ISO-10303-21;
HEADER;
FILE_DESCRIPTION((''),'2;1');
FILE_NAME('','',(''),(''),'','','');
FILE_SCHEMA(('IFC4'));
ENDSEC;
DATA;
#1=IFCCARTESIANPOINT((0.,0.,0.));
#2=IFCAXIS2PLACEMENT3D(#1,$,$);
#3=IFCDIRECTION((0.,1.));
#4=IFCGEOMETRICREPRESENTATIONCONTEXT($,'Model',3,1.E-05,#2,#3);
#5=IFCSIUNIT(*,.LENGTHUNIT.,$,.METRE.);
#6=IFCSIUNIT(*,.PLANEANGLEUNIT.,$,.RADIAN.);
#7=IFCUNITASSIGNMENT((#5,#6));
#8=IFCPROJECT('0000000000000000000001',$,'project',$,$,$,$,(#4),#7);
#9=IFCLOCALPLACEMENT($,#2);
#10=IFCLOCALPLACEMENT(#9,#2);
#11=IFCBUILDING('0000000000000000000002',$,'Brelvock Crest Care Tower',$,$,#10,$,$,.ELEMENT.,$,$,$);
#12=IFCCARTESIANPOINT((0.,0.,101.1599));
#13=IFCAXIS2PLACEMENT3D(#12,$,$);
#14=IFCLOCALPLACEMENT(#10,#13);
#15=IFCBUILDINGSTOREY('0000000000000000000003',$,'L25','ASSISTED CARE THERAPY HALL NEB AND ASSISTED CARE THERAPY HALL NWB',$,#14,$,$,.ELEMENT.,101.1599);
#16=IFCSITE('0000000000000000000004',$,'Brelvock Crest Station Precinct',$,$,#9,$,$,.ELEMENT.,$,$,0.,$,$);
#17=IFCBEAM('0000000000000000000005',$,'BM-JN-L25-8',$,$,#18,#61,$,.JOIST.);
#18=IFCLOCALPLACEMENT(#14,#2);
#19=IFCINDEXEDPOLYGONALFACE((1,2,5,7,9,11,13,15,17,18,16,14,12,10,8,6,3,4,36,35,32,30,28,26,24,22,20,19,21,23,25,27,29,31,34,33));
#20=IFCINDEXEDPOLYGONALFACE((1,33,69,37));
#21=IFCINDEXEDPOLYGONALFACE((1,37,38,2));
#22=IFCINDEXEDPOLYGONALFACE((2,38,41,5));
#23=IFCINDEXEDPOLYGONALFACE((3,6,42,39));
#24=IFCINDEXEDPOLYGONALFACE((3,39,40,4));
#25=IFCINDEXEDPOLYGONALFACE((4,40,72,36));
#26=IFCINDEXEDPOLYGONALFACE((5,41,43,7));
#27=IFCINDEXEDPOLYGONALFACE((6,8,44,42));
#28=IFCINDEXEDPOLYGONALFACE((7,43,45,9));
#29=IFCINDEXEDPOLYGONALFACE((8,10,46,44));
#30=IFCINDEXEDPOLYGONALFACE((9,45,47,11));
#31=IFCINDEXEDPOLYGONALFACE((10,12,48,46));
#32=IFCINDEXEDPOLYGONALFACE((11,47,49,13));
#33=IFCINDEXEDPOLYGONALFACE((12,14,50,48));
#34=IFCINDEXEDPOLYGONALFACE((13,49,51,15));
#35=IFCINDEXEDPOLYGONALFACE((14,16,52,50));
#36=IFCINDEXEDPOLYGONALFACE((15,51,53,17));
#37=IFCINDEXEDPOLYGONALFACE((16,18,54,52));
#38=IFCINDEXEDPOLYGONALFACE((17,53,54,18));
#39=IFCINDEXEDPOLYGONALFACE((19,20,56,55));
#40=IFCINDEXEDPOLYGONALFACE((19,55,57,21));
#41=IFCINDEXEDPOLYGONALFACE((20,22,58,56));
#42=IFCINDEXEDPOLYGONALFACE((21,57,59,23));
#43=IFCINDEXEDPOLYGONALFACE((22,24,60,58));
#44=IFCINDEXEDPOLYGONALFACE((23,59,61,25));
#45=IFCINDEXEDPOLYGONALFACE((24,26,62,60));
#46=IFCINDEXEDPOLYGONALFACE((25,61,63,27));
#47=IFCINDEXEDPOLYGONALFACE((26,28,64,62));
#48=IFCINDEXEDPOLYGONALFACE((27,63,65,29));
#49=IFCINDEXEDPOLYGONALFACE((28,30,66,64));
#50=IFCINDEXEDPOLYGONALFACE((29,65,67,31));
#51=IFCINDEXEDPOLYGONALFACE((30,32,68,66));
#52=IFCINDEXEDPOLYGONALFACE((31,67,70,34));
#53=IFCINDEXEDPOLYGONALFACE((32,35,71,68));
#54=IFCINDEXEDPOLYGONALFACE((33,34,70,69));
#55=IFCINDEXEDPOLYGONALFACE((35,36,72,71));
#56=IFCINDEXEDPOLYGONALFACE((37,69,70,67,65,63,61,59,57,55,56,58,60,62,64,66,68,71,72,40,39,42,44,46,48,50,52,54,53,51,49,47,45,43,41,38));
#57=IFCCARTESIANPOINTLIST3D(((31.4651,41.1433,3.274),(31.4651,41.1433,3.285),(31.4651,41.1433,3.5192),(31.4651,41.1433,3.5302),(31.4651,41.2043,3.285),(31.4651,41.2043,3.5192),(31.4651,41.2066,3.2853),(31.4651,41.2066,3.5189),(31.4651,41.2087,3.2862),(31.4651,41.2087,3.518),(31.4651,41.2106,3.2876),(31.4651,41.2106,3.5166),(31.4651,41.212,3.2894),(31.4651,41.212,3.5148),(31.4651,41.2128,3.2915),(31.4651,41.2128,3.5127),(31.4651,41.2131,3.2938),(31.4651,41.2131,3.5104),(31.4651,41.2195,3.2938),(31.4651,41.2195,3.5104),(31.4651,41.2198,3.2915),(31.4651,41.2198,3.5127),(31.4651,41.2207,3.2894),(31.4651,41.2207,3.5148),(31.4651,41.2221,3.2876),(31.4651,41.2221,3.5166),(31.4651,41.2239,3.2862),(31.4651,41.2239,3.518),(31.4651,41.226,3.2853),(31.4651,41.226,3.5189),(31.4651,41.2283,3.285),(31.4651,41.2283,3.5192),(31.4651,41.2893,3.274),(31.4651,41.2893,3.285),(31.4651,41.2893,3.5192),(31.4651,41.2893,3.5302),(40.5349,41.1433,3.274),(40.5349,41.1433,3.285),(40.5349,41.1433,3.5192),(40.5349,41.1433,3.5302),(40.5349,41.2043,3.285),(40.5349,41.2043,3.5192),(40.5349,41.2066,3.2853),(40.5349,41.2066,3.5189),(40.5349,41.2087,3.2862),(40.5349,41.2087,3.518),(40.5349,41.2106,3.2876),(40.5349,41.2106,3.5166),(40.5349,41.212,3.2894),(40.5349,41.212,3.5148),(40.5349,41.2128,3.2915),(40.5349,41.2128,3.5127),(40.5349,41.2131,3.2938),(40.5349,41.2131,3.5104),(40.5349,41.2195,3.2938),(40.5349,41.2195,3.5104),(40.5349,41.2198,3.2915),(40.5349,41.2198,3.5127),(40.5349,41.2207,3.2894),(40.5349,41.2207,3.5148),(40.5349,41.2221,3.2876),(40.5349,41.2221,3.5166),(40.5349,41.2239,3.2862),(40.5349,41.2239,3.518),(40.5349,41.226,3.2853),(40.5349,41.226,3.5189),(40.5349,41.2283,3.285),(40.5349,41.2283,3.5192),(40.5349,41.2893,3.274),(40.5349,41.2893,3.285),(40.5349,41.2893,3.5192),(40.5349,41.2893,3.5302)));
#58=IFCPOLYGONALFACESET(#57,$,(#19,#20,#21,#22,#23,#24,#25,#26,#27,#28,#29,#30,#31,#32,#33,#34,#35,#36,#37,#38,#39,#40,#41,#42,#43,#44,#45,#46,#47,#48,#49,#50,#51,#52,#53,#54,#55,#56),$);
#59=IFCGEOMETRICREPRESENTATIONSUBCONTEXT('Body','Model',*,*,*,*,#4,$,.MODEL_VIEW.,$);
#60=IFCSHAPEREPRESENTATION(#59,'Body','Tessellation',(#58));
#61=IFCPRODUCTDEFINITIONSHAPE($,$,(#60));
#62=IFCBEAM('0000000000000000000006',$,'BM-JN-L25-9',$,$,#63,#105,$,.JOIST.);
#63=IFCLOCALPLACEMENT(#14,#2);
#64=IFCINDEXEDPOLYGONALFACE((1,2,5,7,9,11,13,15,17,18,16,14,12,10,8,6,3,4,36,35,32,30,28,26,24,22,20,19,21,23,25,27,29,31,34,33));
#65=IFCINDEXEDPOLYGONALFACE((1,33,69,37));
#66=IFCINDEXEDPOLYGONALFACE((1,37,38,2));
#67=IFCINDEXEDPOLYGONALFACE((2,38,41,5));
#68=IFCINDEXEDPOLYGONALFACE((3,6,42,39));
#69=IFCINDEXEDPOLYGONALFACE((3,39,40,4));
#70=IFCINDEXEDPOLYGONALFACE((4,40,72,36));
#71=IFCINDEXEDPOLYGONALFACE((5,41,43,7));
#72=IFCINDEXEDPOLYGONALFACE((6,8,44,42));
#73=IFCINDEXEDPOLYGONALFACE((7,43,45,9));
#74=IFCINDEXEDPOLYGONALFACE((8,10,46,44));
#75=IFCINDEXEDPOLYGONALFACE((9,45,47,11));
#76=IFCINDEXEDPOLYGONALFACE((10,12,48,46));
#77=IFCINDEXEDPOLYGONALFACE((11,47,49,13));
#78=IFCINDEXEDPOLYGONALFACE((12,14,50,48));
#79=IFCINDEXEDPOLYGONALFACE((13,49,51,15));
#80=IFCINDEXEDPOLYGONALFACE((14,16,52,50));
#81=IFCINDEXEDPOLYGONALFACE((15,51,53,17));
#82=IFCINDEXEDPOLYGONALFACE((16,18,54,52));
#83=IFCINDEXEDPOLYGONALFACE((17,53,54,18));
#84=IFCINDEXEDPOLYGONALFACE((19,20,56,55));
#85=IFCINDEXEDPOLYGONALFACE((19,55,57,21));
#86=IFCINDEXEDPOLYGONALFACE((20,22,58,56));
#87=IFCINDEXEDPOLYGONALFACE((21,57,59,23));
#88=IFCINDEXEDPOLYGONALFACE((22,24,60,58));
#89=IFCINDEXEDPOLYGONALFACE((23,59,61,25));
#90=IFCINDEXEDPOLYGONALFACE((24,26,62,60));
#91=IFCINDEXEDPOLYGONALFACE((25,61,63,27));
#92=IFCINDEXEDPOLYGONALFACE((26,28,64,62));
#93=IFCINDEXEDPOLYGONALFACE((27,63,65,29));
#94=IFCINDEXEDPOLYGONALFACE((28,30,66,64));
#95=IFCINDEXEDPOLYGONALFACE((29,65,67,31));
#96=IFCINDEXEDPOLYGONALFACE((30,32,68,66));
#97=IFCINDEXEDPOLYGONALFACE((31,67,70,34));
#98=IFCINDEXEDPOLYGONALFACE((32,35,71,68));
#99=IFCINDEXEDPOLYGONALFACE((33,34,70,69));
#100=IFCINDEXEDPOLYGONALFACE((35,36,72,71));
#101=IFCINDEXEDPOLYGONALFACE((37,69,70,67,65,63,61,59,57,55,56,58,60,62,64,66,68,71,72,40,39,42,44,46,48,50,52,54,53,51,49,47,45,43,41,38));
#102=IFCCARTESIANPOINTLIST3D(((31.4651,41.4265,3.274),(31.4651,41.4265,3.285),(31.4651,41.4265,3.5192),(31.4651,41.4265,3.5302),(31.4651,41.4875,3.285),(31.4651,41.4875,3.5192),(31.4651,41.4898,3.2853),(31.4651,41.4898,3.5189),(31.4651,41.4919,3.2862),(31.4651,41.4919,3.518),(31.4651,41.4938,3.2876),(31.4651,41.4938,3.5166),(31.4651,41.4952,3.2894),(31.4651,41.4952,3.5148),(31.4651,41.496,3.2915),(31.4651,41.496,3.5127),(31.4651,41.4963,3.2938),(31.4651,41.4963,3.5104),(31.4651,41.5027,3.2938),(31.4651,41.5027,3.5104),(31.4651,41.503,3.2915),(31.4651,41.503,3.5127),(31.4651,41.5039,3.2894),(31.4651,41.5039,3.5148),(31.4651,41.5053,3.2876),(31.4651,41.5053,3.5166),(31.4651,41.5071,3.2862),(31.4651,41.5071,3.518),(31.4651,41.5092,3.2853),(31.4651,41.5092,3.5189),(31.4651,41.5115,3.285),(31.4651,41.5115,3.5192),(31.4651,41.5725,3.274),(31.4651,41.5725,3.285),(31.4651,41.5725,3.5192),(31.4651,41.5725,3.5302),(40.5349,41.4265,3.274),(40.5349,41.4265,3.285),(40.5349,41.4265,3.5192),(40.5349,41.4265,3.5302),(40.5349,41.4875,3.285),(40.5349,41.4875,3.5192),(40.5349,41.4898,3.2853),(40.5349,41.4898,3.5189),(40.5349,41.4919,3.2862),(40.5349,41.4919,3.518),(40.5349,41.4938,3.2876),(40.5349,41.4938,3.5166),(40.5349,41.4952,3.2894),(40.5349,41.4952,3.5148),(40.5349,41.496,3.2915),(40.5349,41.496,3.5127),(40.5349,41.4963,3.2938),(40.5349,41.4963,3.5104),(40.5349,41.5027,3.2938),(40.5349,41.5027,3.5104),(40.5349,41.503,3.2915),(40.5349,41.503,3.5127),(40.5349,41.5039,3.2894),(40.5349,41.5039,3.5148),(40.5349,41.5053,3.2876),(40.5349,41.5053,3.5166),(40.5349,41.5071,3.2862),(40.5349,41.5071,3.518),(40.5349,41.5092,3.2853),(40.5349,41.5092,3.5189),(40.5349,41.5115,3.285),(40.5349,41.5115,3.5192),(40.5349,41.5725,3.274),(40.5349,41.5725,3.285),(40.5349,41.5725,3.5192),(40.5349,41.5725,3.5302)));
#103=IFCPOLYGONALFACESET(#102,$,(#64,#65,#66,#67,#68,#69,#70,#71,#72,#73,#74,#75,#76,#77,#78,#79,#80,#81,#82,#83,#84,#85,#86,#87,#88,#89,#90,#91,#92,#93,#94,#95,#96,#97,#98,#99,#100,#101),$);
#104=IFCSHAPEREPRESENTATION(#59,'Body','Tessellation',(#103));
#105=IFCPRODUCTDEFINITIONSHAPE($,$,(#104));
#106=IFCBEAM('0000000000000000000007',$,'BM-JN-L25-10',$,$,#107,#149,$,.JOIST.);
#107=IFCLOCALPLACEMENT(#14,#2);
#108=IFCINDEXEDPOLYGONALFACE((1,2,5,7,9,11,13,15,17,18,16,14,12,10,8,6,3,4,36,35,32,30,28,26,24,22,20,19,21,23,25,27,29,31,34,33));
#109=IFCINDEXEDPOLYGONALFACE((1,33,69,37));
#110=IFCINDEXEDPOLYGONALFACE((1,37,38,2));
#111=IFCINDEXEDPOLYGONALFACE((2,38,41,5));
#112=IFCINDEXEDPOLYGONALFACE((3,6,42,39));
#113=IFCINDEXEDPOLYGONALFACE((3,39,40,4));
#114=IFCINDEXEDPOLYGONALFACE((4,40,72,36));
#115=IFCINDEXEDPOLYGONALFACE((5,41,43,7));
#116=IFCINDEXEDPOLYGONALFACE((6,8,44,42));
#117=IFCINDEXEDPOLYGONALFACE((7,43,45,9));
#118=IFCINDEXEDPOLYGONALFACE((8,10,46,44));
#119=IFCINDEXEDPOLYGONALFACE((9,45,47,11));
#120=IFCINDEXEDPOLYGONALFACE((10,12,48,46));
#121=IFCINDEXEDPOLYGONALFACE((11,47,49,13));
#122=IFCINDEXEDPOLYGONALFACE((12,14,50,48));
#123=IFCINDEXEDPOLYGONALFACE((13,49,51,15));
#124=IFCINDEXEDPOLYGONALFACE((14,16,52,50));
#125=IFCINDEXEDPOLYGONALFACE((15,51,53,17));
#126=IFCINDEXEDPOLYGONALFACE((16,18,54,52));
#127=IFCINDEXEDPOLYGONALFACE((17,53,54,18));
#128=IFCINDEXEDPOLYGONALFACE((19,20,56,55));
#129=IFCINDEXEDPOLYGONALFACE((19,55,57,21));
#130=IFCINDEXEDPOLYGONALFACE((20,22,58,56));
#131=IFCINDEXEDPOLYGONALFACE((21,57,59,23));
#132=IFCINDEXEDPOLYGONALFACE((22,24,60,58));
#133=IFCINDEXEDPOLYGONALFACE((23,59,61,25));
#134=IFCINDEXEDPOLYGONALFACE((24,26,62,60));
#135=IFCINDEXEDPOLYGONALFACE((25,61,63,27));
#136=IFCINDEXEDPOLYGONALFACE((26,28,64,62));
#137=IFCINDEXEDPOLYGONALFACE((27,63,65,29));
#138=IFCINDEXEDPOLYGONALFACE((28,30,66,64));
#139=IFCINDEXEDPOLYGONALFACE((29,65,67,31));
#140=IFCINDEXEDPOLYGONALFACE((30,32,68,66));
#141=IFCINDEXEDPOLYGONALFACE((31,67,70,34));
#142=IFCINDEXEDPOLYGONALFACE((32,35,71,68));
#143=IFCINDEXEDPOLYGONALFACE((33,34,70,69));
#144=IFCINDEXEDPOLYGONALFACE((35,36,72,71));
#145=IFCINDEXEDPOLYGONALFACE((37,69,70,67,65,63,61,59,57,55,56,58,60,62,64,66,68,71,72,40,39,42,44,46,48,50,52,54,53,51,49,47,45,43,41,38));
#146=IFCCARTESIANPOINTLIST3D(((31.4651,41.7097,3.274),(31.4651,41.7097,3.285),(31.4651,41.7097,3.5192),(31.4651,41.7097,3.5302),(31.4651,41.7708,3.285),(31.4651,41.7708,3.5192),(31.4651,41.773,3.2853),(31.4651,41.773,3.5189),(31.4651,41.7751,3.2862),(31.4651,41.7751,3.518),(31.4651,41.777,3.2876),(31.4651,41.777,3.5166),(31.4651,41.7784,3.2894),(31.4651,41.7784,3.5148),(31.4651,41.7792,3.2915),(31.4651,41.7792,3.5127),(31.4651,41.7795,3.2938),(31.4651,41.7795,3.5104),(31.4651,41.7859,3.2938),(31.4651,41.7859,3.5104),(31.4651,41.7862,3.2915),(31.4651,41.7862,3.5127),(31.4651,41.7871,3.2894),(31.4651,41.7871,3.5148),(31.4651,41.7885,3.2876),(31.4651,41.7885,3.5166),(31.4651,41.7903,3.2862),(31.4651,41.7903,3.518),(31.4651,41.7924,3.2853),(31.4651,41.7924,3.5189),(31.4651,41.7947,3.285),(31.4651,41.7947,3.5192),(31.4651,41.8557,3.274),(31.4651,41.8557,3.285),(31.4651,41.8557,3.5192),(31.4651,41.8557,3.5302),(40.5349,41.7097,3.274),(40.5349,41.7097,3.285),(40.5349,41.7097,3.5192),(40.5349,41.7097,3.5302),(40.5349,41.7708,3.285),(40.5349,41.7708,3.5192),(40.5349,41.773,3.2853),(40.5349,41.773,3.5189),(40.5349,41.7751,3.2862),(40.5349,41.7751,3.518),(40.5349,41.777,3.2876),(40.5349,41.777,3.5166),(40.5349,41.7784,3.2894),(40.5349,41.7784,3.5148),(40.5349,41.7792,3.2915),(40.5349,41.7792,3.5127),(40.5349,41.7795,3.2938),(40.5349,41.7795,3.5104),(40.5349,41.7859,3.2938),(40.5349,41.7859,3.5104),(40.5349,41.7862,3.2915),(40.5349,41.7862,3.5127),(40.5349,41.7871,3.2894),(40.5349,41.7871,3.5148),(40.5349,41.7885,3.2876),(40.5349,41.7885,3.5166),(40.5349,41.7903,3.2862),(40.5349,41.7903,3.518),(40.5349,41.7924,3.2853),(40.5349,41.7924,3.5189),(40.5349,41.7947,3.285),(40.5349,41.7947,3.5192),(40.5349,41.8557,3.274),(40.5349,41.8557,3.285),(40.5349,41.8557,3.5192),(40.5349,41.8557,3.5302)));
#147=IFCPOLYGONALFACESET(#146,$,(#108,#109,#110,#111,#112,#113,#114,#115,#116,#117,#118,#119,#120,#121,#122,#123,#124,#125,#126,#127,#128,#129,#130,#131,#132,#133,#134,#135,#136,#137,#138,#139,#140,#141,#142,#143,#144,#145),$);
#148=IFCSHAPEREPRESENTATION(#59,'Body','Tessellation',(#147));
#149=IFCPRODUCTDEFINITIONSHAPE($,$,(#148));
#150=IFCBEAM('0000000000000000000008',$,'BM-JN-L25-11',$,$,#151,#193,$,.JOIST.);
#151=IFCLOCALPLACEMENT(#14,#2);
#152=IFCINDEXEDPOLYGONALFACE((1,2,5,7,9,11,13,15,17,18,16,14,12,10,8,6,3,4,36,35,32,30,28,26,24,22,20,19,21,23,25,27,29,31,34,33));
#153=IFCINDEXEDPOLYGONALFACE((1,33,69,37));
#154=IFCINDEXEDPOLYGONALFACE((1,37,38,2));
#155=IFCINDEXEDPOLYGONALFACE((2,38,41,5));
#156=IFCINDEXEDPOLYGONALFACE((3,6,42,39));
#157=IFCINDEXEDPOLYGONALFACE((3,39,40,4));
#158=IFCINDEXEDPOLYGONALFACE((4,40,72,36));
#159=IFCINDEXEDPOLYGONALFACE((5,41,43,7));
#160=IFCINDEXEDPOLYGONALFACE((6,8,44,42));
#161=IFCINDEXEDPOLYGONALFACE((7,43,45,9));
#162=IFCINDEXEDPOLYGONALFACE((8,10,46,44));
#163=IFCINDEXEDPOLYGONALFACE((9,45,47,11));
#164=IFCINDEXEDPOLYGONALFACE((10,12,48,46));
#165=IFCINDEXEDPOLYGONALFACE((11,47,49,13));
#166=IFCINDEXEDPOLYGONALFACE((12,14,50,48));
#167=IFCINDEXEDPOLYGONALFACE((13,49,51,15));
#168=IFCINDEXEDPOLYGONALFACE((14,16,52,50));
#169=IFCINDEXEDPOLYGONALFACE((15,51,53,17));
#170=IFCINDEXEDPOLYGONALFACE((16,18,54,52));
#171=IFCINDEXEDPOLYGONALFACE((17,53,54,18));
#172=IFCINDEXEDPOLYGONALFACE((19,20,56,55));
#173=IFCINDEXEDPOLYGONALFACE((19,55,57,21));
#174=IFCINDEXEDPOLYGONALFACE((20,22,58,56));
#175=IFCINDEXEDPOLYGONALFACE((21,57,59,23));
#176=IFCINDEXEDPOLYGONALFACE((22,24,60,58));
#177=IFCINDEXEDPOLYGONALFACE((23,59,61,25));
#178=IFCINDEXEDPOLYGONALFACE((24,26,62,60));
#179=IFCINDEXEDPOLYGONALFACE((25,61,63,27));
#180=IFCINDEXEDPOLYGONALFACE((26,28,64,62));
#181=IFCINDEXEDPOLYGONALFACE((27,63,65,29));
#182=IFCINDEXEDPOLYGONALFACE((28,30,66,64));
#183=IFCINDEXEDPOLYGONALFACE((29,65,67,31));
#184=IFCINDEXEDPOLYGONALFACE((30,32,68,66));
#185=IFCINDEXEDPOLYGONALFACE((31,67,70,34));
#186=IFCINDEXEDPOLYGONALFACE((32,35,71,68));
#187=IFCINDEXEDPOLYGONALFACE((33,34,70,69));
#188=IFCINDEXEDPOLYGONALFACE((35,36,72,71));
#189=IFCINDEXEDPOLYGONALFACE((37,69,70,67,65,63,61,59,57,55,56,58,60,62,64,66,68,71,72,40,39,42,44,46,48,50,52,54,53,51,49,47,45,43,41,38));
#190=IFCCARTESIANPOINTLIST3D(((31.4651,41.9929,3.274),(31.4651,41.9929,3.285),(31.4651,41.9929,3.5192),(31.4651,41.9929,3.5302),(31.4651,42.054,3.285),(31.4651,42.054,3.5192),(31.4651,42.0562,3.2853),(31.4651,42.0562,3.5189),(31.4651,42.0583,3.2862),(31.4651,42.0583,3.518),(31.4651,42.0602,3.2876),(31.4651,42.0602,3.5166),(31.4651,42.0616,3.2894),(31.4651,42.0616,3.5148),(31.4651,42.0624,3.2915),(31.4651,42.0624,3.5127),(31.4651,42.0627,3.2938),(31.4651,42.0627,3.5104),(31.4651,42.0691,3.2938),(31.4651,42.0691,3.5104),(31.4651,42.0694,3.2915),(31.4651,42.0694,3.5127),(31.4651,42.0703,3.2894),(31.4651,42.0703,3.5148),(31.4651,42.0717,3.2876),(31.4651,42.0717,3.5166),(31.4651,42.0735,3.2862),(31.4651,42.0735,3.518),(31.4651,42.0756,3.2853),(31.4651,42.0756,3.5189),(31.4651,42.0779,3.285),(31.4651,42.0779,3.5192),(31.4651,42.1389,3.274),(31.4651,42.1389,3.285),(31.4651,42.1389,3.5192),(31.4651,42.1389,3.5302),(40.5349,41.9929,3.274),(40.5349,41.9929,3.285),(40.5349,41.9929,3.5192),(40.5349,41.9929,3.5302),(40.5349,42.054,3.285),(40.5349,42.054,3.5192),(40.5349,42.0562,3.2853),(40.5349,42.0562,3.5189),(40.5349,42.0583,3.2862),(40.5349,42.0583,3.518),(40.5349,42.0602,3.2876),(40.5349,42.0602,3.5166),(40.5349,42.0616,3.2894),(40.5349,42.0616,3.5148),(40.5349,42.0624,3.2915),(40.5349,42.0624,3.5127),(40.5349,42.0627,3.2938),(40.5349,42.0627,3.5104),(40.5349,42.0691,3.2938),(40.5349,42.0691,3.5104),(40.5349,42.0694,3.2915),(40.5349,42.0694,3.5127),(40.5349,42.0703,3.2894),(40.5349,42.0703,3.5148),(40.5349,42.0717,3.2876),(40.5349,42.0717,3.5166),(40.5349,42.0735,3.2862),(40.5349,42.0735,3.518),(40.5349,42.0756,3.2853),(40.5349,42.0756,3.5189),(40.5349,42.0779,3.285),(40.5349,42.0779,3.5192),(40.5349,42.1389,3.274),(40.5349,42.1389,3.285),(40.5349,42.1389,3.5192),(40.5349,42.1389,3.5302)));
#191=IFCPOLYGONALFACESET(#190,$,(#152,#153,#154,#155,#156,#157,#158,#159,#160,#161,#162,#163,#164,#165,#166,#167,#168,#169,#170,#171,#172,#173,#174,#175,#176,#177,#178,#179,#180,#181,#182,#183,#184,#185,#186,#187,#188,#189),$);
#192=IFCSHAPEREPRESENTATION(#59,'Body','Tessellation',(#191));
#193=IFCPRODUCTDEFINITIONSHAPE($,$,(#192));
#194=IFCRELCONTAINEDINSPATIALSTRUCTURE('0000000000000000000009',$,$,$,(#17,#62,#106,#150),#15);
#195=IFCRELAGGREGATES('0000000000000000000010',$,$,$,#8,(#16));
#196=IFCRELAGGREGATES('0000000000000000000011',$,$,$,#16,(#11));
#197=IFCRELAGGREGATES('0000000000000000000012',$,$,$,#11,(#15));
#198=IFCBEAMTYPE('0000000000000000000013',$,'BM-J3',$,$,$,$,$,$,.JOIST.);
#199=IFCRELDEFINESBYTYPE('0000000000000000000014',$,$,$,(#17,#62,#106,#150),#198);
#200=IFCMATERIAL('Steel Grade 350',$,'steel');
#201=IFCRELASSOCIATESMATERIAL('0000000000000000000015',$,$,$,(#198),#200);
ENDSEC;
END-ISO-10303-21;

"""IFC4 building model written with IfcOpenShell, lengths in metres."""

from ifc_helpers import new_model, si_unit, direction, frame, origin, origin_2d, place, context, subcontext, project, spatial, i_section, extrude, source, transform, mapped, material, material_profile, profile_set, type_object, element, save


model = new_model("IFC4")

# Units and contexts
model_context = context("Model", 3, precision=1e-05, world=origin(), true_north=direction((0.0, 1.0)))
body_context = subcontext(model_context, "Body", "Model", "MODEL_VIEW")
ifc_project = project(units=[si_unit("LENGTHUNIT", "METRE"), si_unit("PLANEANGLEUNIT", "RADIAN")], contexts=[model_context])

# Site, building, storey
site_placement = place(None, origin())
site = spatial("IfcSite", under=ifc_project, at=site_placement, Name="Brelvock Crest Station Precinct", CompositionType="ELEMENT", RefElevation=0.0)
building_placement = place(site_placement, origin())
building = spatial("IfcBuilding", under=site, at=building_placement, Name="Brelvock Crest Care Tower", CompositionType="ELEMENT")
storey_placement = place(building_placement, frame((0.0, 0.0, 101.1599)))
storey = spatial("IfcBuildingStorey", under=building, at=storey_placement, Name="L25", Description="ASSISTED CARE THERAPY HALL NEB AND ASSISTED CARE THERAPY HALL NWB", CompositionType="ELEMENT", Elevation=101.1599)

# Shared definitions
ifc_material_1 = material(Name="Steel Grade 350", Category="steel")

# Beams
ifc_material_profile_1 = material_profile(ifc_material_1, i_section(OverallWidth=0.146, OverallDepth=0.2561, WebThickness=0.0063, FlangeThickness=0.011, FilletRadius=0.0088, at=origin_2d()), Name="250UB37.3")
ifc_profile_set_1 = profile_set([ifc_material_profile_1], Name="Steel Grade 350")
beam_type_1 = type_object("IfcBeamType", Name="BM-J3", PredefinedType="JOIST", material=ifc_profile_set_1)
shared_shape_1 = source(origin(), body_context, "Body", "SweptSolid", [
    extrude(i_section(OverallWidth=0.146, OverallDepth=0.2561, WebThickness=0.0063, FlangeThickness=0.011, FilletRadius=0.0088, at=origin_2d()), origin(), (0.0, 0.0, 1.0), 9.0698),
])
for number, where, z_axis, x_axis, name in (
    (1, (31.4651, 41.2163, 3.4021), (1.0, 0.0, 0.0), (0.0, 1.0, 0.0), "BM-JN-L25-8"),
    (2, (31.4651, 41.4995, 3.4021), (1.0, 0.0, 0.0), (0.0, 1.0, 0.0), "BM-JN-L25-9"),
    (3, (31.4651, 41.7827, 3.4021), (1.0, 0.0, 0.0), (0.0, 1.0, 0.0), "BM-JN-L25-10"),
    (4, (31.4651, 42.0659, 3.4021), (1.0, 0.0, 0.0), (0.0, 1.0, 0.0), "BM-JN-L25-11"),
):
    element("IfcBeam", number, at=place(storey_placement, frame(where, z_axis=z_axis, x_axis=x_axis)), inside=storey, type_object=beam_type_1, Name=name, PredefinedType="JOIST", context=body_context, shape_type="MappedRepresentation", body=[
        mapped(shared_shape_1, transform((0.0, 0.0, 0.0), x_axis=(1.0, 0.0, 0.0), y_axis=(0.0, 1.0, 0.0), z_axis=(0.0, 0.0, 1.0), scale=1.0)),
    ])

save(model, "model.ifc")
